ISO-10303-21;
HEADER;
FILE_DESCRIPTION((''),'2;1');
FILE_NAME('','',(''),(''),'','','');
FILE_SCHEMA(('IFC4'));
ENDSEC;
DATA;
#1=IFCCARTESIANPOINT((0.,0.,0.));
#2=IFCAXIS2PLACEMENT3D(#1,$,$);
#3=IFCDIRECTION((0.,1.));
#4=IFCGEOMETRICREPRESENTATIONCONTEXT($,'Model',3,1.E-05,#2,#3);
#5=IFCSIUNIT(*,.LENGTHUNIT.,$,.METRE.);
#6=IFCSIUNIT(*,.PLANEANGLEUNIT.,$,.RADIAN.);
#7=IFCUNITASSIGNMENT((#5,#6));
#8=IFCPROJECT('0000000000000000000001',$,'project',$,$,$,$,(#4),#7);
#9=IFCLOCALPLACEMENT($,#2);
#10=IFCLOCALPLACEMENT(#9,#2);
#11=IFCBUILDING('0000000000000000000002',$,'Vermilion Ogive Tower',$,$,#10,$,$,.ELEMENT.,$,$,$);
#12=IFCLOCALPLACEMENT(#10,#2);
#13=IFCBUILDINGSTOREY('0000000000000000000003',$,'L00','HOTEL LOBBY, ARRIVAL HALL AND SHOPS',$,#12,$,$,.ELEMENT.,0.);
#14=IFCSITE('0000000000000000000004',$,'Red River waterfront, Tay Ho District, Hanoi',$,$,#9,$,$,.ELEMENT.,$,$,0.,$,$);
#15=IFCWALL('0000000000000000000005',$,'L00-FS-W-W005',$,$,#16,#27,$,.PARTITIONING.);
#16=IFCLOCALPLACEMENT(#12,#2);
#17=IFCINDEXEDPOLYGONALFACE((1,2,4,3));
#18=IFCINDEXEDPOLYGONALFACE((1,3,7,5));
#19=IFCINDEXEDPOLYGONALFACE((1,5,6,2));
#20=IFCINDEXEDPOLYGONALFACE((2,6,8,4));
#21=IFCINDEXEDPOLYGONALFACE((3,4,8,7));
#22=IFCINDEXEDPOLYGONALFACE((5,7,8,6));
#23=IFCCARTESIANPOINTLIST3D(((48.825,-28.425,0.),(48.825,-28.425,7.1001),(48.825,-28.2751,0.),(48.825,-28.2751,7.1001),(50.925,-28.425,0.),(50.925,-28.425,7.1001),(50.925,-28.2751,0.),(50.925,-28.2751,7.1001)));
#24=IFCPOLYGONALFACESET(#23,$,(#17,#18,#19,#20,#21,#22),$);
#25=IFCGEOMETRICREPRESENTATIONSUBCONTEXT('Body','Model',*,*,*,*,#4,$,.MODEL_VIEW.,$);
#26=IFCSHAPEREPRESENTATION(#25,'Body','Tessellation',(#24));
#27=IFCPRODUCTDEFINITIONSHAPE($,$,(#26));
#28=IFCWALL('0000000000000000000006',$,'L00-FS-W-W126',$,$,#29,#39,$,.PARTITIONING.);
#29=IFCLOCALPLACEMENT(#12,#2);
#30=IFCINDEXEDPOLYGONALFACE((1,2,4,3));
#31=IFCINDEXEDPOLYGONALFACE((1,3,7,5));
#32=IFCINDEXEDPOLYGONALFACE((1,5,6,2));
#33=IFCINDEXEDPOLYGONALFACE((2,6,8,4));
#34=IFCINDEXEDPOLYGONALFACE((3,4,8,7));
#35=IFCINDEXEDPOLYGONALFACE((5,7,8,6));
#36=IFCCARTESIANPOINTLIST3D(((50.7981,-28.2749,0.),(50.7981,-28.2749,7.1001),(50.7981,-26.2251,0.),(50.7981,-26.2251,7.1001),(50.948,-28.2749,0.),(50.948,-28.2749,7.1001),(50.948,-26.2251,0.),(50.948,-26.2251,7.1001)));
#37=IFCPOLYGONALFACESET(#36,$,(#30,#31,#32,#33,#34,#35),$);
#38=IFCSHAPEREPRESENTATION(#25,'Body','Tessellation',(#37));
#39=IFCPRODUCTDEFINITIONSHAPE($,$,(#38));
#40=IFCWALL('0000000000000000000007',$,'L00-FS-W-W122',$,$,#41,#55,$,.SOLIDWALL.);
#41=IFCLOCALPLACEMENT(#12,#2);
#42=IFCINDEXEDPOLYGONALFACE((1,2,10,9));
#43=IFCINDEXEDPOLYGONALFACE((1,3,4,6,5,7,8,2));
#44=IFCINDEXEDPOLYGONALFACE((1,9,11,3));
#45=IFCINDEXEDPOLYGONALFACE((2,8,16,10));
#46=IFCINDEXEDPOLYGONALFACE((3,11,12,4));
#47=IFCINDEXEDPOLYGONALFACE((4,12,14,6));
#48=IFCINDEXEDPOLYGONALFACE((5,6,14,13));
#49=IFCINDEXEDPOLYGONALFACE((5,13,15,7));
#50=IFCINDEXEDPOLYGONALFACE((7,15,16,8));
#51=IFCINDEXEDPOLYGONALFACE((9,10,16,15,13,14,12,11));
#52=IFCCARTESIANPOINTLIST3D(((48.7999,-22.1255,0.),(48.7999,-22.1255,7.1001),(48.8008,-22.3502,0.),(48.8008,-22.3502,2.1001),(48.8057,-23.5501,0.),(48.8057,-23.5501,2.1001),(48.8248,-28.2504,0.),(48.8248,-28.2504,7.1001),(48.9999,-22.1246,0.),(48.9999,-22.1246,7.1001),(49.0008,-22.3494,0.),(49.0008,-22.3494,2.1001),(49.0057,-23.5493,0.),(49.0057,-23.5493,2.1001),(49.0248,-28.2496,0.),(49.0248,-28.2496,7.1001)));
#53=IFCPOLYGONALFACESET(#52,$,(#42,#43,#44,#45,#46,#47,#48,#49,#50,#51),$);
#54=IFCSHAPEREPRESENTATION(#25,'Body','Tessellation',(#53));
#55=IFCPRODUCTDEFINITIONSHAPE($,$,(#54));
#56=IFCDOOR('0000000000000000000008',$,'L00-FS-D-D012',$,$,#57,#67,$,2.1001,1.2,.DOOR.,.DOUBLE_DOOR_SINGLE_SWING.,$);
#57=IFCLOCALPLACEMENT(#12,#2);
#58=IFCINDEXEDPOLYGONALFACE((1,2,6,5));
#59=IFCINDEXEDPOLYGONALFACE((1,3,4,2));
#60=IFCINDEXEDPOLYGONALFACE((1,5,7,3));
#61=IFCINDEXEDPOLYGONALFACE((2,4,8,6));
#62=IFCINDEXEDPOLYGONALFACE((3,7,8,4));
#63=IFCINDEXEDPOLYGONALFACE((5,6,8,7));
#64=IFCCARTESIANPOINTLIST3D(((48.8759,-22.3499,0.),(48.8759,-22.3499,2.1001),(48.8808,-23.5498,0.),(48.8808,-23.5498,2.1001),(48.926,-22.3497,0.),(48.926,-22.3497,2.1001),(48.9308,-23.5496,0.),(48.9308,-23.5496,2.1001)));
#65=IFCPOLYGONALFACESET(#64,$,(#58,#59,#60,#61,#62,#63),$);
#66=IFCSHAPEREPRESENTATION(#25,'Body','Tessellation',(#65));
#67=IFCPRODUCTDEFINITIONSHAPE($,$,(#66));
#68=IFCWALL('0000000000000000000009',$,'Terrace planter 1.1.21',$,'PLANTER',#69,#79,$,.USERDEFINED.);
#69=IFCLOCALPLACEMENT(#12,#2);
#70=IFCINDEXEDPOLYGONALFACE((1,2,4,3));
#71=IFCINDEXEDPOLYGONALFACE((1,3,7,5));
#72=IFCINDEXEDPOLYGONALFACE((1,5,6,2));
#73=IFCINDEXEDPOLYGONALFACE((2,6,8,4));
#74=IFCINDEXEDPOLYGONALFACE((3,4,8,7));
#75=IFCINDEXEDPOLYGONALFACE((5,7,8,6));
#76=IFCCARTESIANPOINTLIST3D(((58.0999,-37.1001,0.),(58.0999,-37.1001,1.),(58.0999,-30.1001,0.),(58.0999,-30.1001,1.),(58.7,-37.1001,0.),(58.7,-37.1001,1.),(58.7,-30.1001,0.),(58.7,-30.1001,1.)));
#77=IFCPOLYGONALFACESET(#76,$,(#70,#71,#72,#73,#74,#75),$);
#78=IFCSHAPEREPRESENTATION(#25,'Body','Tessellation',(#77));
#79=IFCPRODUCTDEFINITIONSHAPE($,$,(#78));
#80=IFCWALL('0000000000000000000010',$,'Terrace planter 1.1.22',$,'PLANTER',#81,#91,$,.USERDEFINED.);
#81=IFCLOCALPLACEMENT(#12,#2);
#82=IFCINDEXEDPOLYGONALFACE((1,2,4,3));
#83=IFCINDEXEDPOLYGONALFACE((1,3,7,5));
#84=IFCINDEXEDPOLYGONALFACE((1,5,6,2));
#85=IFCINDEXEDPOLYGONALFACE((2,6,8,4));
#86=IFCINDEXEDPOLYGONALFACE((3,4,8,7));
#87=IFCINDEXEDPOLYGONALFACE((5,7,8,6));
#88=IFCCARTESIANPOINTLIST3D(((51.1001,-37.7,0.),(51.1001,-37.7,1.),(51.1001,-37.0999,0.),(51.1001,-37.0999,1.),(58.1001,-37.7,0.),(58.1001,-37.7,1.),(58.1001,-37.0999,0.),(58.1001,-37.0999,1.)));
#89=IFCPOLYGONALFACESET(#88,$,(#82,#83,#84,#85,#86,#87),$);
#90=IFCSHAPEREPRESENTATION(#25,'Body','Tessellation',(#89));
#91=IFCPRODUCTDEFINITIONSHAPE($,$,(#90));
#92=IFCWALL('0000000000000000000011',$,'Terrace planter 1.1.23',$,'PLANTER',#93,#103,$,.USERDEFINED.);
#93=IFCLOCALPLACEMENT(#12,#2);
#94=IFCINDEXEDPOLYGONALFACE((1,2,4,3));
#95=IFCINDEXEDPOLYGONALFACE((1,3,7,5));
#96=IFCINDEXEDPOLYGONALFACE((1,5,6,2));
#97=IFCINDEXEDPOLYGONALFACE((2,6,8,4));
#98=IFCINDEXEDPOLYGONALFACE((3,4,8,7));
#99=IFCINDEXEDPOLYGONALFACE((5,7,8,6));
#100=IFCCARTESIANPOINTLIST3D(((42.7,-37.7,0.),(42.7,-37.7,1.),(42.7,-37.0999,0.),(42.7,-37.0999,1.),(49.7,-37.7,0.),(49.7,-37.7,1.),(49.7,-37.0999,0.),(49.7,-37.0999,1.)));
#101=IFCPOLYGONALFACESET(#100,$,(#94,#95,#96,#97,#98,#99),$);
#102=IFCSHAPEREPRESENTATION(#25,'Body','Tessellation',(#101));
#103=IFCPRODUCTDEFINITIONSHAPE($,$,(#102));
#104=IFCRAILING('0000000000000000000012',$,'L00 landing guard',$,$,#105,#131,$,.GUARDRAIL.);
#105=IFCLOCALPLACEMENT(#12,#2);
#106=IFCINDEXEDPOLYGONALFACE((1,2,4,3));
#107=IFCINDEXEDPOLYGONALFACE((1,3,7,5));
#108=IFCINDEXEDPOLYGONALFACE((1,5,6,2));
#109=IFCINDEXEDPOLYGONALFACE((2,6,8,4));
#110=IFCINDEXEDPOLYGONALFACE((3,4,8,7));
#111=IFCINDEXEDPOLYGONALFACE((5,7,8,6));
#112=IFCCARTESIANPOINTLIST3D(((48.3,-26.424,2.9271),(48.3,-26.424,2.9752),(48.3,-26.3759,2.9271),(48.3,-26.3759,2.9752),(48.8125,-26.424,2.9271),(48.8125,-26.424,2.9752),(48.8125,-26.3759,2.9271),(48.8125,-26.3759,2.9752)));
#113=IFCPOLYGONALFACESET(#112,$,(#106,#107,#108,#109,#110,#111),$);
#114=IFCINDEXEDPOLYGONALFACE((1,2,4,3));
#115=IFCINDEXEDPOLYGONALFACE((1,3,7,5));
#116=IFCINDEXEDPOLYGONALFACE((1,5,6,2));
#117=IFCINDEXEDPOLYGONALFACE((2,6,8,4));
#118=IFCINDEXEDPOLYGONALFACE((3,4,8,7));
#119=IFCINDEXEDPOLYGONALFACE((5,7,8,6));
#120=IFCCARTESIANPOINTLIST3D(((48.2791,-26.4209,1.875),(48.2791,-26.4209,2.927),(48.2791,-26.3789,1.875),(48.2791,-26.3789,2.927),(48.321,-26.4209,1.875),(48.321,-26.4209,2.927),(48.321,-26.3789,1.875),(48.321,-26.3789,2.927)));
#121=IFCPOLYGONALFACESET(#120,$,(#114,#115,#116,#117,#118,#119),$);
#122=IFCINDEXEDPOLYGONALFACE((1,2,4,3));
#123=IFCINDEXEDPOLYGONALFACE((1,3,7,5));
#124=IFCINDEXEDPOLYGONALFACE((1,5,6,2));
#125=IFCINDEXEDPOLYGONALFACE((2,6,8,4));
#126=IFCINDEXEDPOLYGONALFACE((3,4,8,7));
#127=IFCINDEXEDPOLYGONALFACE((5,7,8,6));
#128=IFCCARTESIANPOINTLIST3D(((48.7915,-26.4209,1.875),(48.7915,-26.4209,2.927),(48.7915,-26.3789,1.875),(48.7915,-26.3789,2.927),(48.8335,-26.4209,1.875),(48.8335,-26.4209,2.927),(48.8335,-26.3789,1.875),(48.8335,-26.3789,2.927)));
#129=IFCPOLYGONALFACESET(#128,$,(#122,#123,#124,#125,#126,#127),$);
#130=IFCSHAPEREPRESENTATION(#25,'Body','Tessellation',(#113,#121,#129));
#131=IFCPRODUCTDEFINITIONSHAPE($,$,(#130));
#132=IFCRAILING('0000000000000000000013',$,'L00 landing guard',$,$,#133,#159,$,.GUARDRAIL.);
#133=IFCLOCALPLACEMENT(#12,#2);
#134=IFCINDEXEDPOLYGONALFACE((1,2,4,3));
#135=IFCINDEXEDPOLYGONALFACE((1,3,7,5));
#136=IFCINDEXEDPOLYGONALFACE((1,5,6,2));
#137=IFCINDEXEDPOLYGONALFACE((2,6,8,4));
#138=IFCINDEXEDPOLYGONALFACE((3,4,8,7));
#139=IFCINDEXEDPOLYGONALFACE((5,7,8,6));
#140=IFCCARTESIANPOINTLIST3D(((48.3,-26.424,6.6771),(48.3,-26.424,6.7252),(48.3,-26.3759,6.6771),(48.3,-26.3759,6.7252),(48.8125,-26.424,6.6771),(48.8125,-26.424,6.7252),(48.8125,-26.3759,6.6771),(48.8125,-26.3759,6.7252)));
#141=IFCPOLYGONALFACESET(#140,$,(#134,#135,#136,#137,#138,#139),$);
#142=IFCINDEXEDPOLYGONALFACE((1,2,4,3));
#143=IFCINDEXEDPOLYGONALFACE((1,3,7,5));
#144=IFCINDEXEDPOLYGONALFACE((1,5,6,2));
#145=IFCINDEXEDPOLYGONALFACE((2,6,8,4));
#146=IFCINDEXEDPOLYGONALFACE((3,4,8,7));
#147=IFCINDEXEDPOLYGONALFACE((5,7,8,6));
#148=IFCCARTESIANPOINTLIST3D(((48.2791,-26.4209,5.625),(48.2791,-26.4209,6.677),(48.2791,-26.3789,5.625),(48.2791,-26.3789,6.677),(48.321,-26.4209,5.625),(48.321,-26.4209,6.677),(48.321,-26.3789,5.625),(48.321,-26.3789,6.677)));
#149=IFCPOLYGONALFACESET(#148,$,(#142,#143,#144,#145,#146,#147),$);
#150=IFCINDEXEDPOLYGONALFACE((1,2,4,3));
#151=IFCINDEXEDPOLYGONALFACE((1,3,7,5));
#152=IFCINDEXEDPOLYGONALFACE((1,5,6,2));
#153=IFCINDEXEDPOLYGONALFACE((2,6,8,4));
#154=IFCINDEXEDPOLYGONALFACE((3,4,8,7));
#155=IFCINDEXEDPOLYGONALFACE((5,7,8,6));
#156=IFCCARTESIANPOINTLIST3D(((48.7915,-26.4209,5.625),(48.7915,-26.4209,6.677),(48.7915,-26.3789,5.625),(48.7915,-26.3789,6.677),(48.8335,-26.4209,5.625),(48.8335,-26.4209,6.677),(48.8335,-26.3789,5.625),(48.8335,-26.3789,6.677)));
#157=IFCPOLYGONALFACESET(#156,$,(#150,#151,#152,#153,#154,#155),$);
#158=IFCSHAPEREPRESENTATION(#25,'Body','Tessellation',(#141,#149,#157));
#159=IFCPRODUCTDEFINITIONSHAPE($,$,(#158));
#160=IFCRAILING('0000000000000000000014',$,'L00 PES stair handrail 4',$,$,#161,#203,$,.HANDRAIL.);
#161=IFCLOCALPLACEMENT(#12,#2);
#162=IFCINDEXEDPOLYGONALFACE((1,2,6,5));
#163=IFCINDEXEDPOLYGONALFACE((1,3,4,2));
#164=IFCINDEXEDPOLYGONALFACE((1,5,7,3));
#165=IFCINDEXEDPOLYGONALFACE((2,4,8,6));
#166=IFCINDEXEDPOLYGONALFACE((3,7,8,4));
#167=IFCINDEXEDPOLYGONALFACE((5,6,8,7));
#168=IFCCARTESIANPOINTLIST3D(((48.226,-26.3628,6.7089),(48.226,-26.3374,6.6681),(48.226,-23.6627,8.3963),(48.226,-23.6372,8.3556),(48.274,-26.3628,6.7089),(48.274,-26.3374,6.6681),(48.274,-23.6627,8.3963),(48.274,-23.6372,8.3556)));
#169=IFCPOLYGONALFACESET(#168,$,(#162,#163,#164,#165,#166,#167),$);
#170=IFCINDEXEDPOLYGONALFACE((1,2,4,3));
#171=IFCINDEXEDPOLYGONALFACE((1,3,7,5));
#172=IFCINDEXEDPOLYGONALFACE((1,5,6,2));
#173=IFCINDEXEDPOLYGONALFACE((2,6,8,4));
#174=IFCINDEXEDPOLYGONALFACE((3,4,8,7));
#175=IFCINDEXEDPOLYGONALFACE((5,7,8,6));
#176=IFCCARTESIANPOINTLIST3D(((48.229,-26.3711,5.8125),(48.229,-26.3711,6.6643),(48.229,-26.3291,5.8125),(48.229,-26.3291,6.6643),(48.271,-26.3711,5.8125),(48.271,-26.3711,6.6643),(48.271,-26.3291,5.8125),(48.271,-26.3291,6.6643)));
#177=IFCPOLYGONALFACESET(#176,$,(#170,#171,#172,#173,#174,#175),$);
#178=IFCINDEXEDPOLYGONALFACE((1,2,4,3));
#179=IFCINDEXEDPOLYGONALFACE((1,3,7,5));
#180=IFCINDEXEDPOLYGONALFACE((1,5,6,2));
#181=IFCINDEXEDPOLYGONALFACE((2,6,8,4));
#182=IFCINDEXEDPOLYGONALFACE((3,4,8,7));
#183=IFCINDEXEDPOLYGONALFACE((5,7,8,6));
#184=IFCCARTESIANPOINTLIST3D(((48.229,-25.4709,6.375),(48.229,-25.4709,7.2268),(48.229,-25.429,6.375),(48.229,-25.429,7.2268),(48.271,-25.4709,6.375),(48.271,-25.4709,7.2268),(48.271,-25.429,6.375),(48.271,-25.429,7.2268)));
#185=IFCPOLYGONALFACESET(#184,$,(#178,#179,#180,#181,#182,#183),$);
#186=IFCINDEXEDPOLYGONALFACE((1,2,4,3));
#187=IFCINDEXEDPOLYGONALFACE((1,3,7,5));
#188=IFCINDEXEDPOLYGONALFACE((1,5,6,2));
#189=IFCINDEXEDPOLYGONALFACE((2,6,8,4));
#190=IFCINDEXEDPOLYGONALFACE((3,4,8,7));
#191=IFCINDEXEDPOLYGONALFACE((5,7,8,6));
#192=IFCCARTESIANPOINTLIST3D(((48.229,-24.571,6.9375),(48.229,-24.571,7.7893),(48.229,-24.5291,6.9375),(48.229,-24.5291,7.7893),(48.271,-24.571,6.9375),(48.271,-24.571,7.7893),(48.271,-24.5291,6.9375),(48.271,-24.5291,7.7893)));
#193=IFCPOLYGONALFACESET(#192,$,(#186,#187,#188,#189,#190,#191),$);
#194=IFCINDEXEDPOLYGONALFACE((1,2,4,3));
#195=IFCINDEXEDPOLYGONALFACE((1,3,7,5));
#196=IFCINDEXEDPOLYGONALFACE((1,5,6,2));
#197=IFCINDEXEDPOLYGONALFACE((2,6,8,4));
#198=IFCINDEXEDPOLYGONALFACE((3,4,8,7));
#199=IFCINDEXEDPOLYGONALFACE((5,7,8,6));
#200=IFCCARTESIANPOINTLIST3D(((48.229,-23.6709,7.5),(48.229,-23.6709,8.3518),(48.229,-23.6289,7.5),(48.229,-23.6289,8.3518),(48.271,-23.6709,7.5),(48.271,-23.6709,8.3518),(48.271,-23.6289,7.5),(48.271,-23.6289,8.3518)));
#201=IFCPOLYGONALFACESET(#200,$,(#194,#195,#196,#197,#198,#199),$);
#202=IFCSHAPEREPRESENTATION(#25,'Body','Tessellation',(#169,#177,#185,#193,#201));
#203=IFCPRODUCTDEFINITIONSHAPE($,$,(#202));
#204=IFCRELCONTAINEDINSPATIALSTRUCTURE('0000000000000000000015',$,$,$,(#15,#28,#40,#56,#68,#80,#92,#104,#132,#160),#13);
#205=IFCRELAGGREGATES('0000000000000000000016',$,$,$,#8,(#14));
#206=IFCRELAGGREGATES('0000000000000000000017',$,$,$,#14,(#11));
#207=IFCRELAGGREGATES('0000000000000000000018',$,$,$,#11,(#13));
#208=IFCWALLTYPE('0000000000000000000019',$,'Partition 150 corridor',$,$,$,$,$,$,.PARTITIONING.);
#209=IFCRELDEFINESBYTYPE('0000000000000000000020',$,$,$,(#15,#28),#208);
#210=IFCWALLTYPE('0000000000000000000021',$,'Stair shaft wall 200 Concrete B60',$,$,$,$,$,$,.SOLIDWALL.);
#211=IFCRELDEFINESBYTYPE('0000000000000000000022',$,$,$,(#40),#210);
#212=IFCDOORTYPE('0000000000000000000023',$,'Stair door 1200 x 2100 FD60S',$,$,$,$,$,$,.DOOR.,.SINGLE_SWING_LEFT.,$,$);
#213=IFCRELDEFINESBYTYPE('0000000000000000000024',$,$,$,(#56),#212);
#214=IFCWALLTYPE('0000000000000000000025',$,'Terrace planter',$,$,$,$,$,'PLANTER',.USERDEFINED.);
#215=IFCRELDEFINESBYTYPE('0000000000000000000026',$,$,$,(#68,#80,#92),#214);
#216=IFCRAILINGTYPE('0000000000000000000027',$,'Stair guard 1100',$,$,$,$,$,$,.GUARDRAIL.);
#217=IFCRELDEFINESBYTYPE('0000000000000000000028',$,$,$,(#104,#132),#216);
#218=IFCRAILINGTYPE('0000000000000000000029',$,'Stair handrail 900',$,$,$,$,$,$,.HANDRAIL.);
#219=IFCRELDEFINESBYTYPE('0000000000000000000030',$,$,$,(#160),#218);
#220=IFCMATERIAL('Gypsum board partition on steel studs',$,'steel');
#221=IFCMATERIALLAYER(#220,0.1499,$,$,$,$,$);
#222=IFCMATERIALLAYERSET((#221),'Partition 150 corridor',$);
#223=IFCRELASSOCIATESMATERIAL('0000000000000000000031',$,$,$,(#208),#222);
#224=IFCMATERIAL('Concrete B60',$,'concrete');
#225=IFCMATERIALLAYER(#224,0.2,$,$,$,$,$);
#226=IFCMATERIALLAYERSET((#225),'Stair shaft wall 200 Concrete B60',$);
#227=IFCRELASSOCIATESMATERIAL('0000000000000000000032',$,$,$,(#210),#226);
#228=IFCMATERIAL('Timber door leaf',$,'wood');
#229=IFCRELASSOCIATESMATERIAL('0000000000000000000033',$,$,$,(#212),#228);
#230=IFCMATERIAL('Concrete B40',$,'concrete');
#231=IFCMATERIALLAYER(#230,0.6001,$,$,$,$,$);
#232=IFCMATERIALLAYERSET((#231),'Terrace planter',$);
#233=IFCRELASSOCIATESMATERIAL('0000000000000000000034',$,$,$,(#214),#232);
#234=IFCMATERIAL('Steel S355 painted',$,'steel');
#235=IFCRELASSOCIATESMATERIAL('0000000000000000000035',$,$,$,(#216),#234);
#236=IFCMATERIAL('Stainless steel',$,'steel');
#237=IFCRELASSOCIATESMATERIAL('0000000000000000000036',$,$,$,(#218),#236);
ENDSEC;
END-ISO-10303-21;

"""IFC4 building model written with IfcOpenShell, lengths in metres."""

from ifc_helpers import new_model, si_unit, direction, frame, frame_2d, origin, origin_2d, place, context, subcontext, project, spatial, rectangle, extrude, material, layer, layer_set, type_object, element, fill, save


model = new_model("IFC4")

# Units and contexts
model_context = context("Model", 3, precision=1e-05, world=origin(), true_north=direction((0.0, 1.0)))
body_context = subcontext(model_context, "Body", "Model", "MODEL_VIEW")
ifc_project = project(units=[si_unit("LENGTHUNIT", "METRE"), si_unit("PLANEANGLEUNIT", "RADIAN")], contexts=[model_context])

# Site, building, storey
site_placement = place(None, origin())
site = spatial("IfcSite", under=ifc_project, at=site_placement, Name="Red River waterfront, Tay Ho District, Hanoi", CompositionType="ELEMENT", RefElevation=0.0)
building_placement = place(site_placement, origin())
building = spatial("IfcBuilding", under=site, at=building_placement, Name="Vermilion Ogive Tower", CompositionType="ELEMENT")
storey_placement = place(building_placement, origin())
storey = spatial("IfcBuildingStorey", under=building, at=storey_placement, Name="L00", Description="HOTEL LOBBY, ARRIVAL HALL AND SHOPS", CompositionType="ELEMENT", Elevation=0.0)

# Walls
ifc_material_1 = material(Name="Gypsum board partition on steel studs", Category="steel")
ifc_layer_1 = layer(ifc_material_1, 0.1499)
ifc_layer_set_1 = layer_set([ifc_layer_1], Name="Partition 150 corridor")
wall_type_1 = type_object("IfcWallType", Name="Partition 150 corridor", PredefinedType="PARTITIONING", material=ifc_layer_set_1)
wall_1_placement = place(storey_placement, frame((48.825, -28.3501, 0.0), z_axis=(0.0, 0.0, 1.0), x_axis=(1.0, 0.0, 0.0)))
element("IfcWall", 1, at=wall_1_placement, inside=storey, type_object=wall_type_1, Name="L00-FS-W-W005", PredefinedType="PARTITIONING", context=body_context, shape_type="SweptSolid", body=[
    extrude(rectangle(XDim=2.1001, YDim=0.1499, at=frame_2d((1.05, 0.0))), origin(), (0.0, 0.0, 1.0), 7.1001),
])
wall_2_placement = place(storey_placement, frame((50.873, -28.2749, 0.0), z_axis=(0.0, 0.0, 1.0), x_axis=(0.0, 1.0, 0.0)))
element("IfcWall", 2, at=wall_2_placement, inside=storey, type_object=wall_type_1, Name="L00-FS-W-W126", PredefinedType="PARTITIONING", context=body_context, shape_type="SweptSolid", body=[
    extrude(rectangle(XDim=2.0498, YDim=0.1499, at=frame_2d((1.0249, 0.0))), origin(), (0.0, 0.0, 1.0), 7.1001),
])

# Wall, opening, door
ifc_material_2 = material(Name="Concrete B60", Category="concrete")
ifc_layer_2 = layer(ifc_material_2, 0.2)
ifc_layer_set_2 = layer_set([ifc_layer_2], Name="Stair shaft wall 200 Concrete B60")
wall_type_2 = type_object("IfcWallType", Name="Stair shaft wall 200 Concrete B60", PredefinedType="SOLIDWALL", material=ifc_layer_set_2)
wall_3_placement = place(storey_placement, frame((48.9248, -28.25, 0.0), z_axis=(0.0, 0.0, 1.0), x_axis=(-0.004066, 0.999992, 0.0)))
wall_3 = element("IfcWall", 3, at=wall_3_placement, inside=storey, type_object=wall_type_2, Name="L00-FS-W-W122", PredefinedType="SOLIDWALL", context=body_context, shape_type="SweptSolid", body=[
    extrude(rectangle(XDim=6.125, YDim=0.2, at=frame_2d((3.0625, 0.0))), origin(), (0.0, 0.0, 1.0), 7.1001),
])
opening_placement = place(wall_3_placement, frame((4.7002, 0.0, 0.0)))
opening = element("IfcOpeningElement", 4, at=opening_placement, cuts=wall_3, PredefinedType="OPENING", context=body_context, shape_type="SweptSolid", body=[
    extrude(rectangle(XDim=1.2, YDim=2.1001, at=frame_2d((0.6001, 1.05))), frame((0.0, 0.1099, 0.0), z_axis=(0.0, -1.0, 0.0), x_axis=(1.0, 0.0, 0.0)), (0.0, 0.0, 1.0), 0.22),
])
ifc_material_3 = material(Name="Timber door leaf", Category="wood")
door_type = type_object("IfcDoorType", Name="Stair door 1200 x 2100 FD60S", OperationType="SINGLE_SWING_LEFT", PredefinedType="DOOR", material=ifc_material_3)
door_placement = place(opening_placement, origin())
door = element("IfcDoor", 5, at=door_placement, inside=storey, type_object=door_type, Name="L00-FS-D-D012", OperationType="DOUBLE_DOOR_SINGLE_SWING", OverallHeight=2.1001, OverallWidth=1.2, PredefinedType="DOOR", context=body_context, shape_type="SweptSolid", body=[
    extrude(rectangle(XDim=1.2, YDim=2.1001, at=frame_2d((0.6001, 1.05))), frame((0.0, 0.0249, 0.0), z_axis=(0.0, -1.0, 0.0), x_axis=(1.0, 0.0, 0.0)), (0.0, 0.0, 1.0), 0.05),
])
fill(opening, door)

# Walls
ifc_material_4 = material(Name="Concrete B40", Category="concrete")
ifc_layer_3 = layer(ifc_material_4, 0.6001)
ifc_layer_set_3 = layer_set([ifc_layer_3], Name="Terrace planter")
wall_type_3 = type_object("IfcWallType", Name="Terrace planter", ElementType="PLANTER", PredefinedType="USERDEFINED", material=ifc_layer_set_3)
for number, where, z_axis, x_axis, name in (
    (6, (58.3999, -30.1001, 0.0), (0.0, 0.0, 1.0), (0.0, -1.0, 0.0), "Terrace planter 1.1.21"),
    (7, (58.1001, -37.3999, 0.0), (0.0, 0.0, 1.0), (-1.0, 0.0, 0.0), "Terrace planter 1.1.22"),
    (8, (49.7, -37.3999, 0.0), (0.0, 0.0, 1.0), (-1.0, 0.0, 0.0), "Terrace planter 1.1.23"),
):
    element("IfcWall", number, at=place(storey_placement, frame(where, z_axis=z_axis, x_axis=x_axis)), inside=storey, type_object=wall_type_3, Name=name, ObjectType="PLANTER", PredefinedType="USERDEFINED", context=body_context, shape_type="SweptSolid", body=[
        extrude(rectangle(XDim=7.0, YDim=0.6001, at=frame_2d((3.5, 0.0))), origin(), (0.0, 0.0, 1.0), 1.0),
    ])

# Railings
ifc_material_5 = material(Name="Steel S355 painted", Category="steel")
railing_type_1 = type_object("IfcRailingType", Name="Stair guard 1100", PredefinedType="GUARDRAIL", material=ifc_material_5)
for number, where, name in (
    (9, (48.3, -26.3999, 1.875), "L00 landing guard"),
    (10, (48.3, -26.3999, 5.625), "L00 landing guard"),
):
    element("IfcRailing", number, at=place(storey_placement, frame(where)), inside=storey, type_object=railing_type_1, Name=name, PredefinedType="GUARDRAIL", context=body_context, shape_type="SweptSolid", body=[
        extrude(rectangle(XDim=0.0481, YDim=0.0481, at=origin_2d()), frame((0.0, 0.0, 1.0762), z_axis=(1.0, 0.0, 0.0), x_axis=(0.0, 1.0, 0.0)), (0.0, 0.0, 1.0), 0.5125),
        extrude(rectangle(XDim=0.042, YDim=0.042, at=origin_2d()), origin(), (0.0, 0.0, 1.0), 1.052),
        extrude(rectangle(XDim=0.042, YDim=0.042, at=origin_2d()), frame((0.5125, 0.0, 0.0)), (0.0, 0.0, 1.0), 1.052),
    ])
ifc_material_6 = material(Name="Stainless steel", Category="steel")
railing_type_2 = type_object("IfcRailingType", Name="Stair handrail 900", PredefinedType="HANDRAIL", material=ifc_material_6)
railing_placement = place(storey_placement, frame((48.25, -26.3501, 5.8125)))
element("IfcRailing", 11, at=railing_placement, inside=storey, type_object=railing_type_2, Name="L00 PES stair handrail 4", PredefinedType="HANDRAIL", context=body_context, shape_type="SweptSolid", body=[
    extrude(rectangle(XDim=0.0481, YDim=0.0481, at=origin_2d()), frame((0.0, 0.0, 0.876), z_axis=(0.0, 0.848016, 0.529971), x_axis=(-1.0, 0.0, 0.0)), (0.0, 0.0, 1.0), 3.1841),
    extrude(rectangle(XDim=0.042, YDim=0.042, at=origin_2d()), origin(), (0.0, 0.0, 1.0), 0.8518),
    extrude(rectangle(XDim=0.042, YDim=0.042, at=origin_2d()), frame((0.0, 0.9001, 0.5625)), (0.0, 0.0, 1.0), 0.8518),
    extrude(rectangle(XDim=0.042, YDim=0.042, at=origin_2d()), frame((0.0, 1.8, 1.125)), (0.0, 0.0, 1.0), 0.8518),
    extrude(rectangle(XDim=0.042, YDim=0.042, at=origin_2d()), frame((0.0, 2.7002, 1.6875)), (0.0, 0.0, 1.0), 0.8518),
])

save(model, "model.ifc")
